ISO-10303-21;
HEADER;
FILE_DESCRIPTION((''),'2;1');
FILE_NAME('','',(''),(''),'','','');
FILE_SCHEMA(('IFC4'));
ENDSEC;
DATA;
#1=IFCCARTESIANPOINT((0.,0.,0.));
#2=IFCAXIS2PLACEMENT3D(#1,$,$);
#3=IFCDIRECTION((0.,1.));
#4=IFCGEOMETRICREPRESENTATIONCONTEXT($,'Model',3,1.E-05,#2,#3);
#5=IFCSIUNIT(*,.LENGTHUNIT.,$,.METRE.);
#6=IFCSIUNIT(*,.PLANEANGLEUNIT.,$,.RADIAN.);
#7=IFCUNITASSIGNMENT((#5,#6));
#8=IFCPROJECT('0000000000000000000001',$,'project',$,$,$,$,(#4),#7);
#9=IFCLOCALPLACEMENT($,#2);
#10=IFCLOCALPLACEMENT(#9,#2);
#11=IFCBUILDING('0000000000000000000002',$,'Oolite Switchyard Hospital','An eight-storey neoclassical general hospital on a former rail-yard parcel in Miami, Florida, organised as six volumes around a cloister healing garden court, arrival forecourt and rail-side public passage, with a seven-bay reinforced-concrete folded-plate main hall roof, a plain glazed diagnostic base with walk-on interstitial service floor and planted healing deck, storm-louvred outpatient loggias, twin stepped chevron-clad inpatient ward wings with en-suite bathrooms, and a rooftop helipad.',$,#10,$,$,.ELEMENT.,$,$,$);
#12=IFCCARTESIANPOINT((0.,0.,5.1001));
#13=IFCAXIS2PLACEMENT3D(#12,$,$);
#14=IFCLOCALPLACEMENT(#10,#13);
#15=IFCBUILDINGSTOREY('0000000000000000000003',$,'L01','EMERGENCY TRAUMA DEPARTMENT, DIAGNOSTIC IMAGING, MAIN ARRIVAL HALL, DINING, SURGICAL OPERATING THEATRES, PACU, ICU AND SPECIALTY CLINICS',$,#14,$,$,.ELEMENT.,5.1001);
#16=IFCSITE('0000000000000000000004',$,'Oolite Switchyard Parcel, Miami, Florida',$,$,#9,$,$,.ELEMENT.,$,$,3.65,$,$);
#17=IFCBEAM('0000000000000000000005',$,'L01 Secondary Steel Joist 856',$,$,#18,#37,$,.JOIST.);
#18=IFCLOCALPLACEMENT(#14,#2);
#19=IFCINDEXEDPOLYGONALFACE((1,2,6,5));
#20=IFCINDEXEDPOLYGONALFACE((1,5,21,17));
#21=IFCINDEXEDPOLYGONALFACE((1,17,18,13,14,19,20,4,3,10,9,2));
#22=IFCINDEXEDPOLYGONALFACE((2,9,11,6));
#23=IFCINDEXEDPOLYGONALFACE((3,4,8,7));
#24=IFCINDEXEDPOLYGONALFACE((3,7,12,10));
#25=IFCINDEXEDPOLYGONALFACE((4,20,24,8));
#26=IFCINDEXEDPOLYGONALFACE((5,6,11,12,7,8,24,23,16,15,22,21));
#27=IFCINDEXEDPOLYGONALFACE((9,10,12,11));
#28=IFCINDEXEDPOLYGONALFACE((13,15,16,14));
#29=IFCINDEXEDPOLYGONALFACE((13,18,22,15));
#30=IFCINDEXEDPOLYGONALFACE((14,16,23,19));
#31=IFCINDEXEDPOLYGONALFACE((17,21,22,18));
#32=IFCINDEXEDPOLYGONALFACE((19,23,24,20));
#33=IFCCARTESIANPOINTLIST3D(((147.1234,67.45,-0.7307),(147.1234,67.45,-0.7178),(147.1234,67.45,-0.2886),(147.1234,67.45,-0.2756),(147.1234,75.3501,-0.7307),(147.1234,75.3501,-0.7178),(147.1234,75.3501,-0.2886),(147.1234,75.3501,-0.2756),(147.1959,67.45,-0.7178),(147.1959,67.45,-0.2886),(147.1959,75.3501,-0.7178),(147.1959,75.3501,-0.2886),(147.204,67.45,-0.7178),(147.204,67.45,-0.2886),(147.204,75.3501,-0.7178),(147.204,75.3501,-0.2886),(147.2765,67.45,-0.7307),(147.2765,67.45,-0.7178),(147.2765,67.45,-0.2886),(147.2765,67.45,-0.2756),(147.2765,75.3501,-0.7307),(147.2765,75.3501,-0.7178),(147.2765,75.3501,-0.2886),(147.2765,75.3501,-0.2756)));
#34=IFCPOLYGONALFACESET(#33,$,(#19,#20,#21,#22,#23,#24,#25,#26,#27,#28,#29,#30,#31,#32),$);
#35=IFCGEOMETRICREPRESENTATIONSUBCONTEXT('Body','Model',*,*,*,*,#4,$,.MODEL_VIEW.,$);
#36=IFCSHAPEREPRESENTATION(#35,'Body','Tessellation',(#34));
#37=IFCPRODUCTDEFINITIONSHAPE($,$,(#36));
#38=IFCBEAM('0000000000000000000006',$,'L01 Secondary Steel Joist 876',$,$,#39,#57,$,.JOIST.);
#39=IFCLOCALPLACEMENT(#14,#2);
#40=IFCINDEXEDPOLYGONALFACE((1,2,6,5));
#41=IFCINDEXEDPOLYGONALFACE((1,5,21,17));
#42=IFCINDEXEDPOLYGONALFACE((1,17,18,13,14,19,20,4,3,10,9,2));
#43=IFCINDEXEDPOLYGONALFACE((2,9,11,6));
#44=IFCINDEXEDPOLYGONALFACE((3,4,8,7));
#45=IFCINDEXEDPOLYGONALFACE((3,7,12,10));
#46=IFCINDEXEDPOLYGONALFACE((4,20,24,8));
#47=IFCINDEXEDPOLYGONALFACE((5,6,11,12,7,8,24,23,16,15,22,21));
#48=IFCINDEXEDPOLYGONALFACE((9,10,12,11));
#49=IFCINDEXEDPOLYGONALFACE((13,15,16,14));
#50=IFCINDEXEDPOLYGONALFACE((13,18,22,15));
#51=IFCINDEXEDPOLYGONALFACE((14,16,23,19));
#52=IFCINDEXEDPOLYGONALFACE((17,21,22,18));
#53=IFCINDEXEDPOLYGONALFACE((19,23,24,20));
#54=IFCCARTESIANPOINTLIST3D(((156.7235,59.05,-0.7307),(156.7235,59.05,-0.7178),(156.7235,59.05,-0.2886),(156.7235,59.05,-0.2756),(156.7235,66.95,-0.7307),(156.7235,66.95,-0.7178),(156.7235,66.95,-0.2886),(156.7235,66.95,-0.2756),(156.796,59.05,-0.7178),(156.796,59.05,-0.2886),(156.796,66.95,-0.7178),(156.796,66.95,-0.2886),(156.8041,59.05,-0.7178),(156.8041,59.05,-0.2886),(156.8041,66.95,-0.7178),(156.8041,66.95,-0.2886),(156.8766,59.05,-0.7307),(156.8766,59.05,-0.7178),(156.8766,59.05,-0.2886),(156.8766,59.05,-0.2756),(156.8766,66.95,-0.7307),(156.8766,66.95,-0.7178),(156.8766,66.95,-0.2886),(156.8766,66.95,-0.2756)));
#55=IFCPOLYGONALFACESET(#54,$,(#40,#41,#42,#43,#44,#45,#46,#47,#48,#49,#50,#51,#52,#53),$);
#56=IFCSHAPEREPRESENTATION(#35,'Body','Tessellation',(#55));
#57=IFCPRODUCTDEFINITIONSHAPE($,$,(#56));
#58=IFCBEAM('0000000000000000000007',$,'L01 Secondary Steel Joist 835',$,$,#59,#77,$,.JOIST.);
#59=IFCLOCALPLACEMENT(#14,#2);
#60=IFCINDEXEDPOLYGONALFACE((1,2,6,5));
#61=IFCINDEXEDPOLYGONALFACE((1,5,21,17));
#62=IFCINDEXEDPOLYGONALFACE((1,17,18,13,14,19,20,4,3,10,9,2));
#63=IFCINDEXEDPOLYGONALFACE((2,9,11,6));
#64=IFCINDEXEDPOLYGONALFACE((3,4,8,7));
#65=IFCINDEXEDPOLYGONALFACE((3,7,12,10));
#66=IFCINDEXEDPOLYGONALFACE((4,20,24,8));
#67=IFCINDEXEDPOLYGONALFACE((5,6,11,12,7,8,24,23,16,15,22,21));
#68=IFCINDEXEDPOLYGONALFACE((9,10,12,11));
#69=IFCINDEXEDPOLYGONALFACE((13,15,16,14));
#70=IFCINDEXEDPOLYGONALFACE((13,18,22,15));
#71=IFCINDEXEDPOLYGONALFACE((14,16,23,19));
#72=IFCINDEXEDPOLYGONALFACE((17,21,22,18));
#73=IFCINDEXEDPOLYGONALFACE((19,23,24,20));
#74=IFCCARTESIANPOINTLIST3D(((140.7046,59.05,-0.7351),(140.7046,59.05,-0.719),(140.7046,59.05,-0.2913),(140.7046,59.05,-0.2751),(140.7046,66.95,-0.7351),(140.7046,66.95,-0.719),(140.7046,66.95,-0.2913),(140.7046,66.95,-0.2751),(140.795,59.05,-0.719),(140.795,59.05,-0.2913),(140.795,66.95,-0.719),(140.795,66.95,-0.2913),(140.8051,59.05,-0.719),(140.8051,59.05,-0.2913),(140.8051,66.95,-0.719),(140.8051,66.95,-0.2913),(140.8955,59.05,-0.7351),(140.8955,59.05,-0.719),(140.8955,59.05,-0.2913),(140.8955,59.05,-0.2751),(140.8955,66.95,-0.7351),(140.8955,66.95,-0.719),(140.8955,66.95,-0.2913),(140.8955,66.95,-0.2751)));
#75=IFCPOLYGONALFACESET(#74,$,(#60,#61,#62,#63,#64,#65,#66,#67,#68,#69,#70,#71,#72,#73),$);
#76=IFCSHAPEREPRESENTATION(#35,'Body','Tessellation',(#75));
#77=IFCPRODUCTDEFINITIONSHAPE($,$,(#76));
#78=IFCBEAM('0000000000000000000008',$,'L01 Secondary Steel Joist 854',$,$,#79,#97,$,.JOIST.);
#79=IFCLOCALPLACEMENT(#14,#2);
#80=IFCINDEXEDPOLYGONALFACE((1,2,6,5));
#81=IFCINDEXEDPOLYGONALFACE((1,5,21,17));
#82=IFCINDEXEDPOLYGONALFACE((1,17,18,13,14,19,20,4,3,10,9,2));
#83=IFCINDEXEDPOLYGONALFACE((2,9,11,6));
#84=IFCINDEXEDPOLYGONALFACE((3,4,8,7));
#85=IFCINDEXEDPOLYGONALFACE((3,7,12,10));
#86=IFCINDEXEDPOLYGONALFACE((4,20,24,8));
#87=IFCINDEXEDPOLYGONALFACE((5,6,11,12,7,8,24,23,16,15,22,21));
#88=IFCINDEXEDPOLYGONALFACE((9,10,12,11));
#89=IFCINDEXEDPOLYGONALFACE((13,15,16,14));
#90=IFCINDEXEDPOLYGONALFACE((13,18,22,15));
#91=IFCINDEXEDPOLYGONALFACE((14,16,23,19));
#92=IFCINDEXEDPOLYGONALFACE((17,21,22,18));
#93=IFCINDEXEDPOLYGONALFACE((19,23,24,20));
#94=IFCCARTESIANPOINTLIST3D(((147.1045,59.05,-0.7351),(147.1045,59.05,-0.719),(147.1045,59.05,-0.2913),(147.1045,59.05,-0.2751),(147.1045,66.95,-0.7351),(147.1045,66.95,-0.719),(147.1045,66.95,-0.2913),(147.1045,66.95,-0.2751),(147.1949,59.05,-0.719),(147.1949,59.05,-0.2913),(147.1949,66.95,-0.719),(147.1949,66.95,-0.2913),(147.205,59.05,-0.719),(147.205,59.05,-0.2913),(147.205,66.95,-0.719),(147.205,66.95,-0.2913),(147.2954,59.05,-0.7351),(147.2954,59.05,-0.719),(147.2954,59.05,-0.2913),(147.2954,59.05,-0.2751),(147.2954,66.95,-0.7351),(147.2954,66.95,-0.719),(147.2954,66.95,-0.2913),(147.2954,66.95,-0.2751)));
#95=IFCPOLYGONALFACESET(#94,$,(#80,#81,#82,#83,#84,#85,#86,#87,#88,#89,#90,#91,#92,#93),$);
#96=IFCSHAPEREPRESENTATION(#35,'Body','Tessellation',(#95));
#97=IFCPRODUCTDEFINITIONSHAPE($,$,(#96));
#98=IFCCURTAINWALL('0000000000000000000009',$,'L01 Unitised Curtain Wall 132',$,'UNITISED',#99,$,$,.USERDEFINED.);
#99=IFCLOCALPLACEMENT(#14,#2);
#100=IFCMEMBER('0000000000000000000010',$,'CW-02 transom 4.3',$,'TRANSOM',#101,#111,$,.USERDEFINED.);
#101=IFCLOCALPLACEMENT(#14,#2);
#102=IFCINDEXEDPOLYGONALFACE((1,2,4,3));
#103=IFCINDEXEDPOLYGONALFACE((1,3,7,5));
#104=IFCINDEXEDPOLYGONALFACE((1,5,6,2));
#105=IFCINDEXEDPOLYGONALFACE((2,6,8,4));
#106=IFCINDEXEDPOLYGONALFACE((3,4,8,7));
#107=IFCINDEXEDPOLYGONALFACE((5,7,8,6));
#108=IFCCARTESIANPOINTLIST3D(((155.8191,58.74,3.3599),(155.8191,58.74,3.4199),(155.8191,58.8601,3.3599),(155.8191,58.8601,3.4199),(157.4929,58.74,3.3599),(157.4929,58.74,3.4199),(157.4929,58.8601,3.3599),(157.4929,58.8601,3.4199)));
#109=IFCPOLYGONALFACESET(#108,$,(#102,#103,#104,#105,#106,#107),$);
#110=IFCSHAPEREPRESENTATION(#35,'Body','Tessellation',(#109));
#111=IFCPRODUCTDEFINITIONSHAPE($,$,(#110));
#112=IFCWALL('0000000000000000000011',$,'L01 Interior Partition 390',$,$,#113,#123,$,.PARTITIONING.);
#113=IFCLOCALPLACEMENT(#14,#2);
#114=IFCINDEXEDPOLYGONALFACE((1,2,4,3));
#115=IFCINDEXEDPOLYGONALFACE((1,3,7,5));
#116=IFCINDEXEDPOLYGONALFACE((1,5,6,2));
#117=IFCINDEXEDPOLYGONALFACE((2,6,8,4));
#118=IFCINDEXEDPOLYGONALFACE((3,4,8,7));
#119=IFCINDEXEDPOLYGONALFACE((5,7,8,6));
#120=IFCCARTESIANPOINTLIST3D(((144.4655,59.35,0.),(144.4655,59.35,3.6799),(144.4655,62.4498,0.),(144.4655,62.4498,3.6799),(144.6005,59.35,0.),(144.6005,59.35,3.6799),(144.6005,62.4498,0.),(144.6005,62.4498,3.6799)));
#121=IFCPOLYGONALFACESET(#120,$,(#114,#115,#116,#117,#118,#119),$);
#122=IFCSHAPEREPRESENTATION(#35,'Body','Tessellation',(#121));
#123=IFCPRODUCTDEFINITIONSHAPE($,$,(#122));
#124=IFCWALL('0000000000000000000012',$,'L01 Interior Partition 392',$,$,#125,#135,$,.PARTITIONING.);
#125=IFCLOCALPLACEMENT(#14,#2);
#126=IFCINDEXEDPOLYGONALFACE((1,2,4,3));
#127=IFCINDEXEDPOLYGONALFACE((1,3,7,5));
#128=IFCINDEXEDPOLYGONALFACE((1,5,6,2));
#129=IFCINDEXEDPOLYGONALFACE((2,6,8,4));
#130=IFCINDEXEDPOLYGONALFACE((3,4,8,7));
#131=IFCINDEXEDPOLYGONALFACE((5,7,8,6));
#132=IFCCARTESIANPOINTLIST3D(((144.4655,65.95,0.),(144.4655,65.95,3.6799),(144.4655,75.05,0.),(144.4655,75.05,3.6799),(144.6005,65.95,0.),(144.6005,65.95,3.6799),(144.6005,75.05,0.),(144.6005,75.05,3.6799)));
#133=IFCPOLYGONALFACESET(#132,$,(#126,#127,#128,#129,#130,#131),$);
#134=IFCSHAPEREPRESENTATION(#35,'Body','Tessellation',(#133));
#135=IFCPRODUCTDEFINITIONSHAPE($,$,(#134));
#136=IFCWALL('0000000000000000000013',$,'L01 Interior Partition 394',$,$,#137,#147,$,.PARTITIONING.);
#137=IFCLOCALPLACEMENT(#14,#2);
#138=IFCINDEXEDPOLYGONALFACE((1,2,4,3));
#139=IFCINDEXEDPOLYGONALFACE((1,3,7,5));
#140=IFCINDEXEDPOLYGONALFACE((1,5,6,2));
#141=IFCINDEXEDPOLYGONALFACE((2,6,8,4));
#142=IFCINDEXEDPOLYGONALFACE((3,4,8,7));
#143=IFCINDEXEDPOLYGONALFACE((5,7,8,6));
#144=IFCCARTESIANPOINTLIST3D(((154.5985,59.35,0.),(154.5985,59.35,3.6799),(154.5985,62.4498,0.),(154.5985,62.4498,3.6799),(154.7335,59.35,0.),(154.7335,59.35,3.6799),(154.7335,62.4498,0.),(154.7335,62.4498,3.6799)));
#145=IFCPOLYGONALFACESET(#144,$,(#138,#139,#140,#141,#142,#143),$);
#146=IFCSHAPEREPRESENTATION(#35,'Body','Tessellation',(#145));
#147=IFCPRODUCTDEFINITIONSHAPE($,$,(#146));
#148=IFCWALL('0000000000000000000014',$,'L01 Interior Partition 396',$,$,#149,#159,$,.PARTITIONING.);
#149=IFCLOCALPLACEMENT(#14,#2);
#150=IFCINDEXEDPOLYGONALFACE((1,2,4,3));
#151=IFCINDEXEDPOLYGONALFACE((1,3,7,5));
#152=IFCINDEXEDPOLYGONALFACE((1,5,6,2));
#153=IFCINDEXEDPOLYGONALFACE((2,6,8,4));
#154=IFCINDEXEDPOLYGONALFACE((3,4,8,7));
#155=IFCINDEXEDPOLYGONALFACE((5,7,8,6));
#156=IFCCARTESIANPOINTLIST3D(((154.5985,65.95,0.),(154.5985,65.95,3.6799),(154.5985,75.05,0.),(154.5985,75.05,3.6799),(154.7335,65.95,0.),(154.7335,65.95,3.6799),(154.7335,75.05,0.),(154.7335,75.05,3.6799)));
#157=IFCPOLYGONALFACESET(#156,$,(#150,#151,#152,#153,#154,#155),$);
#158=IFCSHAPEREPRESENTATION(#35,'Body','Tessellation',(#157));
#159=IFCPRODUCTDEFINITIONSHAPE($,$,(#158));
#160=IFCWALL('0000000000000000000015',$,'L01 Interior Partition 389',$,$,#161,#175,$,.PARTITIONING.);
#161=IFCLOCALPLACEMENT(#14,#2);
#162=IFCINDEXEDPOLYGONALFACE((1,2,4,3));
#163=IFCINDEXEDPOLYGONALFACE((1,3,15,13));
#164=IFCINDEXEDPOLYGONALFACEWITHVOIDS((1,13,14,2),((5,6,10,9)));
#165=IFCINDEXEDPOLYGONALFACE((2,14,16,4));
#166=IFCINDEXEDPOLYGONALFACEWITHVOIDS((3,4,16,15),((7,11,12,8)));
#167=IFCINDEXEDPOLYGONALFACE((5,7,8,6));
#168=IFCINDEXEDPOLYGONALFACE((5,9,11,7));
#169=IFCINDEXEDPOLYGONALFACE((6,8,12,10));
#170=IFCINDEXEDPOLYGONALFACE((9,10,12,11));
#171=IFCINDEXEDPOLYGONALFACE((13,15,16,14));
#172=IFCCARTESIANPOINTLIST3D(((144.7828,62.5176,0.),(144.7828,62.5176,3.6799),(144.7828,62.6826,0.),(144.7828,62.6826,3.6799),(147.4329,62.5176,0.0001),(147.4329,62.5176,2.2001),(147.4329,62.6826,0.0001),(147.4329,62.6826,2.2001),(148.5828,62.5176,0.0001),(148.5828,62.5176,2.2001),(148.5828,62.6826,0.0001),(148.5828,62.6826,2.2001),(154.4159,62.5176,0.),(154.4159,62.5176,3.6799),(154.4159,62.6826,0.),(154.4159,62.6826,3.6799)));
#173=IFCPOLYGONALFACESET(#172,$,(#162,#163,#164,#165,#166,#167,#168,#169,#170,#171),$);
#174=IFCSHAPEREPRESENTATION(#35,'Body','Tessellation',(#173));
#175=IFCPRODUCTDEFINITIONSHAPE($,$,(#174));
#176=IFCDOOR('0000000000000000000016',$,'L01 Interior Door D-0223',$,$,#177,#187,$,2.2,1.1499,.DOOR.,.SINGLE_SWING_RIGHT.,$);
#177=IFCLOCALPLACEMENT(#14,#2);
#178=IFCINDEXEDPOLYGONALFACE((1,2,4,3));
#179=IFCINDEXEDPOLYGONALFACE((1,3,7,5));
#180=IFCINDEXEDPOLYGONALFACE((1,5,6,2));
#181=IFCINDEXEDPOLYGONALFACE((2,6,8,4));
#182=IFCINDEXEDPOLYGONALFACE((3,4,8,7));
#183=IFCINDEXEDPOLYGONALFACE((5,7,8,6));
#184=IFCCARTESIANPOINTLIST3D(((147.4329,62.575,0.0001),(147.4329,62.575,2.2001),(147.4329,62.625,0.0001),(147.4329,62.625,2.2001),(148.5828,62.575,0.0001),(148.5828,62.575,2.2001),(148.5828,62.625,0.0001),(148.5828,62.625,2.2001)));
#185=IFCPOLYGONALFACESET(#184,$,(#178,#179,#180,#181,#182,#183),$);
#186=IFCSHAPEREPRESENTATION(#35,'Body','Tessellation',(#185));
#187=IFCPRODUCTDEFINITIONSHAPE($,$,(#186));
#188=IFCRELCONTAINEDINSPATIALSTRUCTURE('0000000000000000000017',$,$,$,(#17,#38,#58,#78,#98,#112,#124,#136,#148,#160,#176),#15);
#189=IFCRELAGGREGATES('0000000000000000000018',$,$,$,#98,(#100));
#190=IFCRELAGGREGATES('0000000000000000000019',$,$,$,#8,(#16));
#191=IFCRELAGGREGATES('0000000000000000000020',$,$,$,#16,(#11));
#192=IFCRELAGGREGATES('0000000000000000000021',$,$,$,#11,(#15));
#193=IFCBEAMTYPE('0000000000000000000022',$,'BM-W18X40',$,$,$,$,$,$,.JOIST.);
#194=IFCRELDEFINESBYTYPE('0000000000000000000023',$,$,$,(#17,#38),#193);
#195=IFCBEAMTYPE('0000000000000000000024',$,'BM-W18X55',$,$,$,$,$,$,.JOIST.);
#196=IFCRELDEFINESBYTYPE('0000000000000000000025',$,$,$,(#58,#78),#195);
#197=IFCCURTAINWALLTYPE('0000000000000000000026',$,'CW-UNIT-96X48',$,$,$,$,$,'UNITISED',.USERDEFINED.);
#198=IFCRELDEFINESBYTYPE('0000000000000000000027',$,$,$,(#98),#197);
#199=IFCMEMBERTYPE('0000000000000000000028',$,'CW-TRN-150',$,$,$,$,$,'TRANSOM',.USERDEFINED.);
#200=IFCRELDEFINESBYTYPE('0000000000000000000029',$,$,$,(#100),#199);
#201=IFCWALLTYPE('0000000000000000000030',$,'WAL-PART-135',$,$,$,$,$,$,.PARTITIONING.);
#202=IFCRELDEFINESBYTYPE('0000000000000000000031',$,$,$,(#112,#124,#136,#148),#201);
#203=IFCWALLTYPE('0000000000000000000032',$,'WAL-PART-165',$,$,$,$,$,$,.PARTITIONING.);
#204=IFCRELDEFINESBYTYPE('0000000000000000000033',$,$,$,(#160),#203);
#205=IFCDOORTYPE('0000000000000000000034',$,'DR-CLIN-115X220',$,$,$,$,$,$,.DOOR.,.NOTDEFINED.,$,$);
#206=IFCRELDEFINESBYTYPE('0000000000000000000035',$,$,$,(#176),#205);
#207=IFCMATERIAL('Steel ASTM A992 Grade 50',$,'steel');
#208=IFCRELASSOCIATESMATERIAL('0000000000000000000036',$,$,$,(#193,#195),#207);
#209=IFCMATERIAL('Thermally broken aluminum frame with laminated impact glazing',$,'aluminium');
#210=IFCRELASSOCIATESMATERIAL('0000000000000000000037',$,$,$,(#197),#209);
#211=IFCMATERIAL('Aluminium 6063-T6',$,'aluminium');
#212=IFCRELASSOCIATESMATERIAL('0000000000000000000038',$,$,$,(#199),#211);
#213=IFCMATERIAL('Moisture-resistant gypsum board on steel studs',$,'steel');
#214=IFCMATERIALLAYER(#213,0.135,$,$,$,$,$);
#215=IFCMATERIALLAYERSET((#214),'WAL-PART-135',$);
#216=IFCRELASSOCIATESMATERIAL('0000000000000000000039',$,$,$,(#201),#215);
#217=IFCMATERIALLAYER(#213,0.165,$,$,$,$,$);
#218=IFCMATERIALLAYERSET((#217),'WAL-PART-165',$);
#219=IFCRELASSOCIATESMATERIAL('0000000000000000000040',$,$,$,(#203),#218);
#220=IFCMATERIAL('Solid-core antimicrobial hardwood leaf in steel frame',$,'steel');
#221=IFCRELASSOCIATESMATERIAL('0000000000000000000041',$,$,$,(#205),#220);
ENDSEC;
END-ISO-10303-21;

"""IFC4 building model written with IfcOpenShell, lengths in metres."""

from ifc_helpers import new_model, si_unit, direction, frame, frame_2d, origin, origin_2d, place, context, subcontext, project, spatial, rectangle, i_section, extrude, material, layer, layer_set, material_profile, profile_set, type_object, element, fill, aggregate, save


model = new_model("IFC4")

# Units and contexts
model_context = context("Model", 3, precision=1e-05, world=origin(), true_north=direction((0.0, 1.0)))
body_context = subcontext(model_context, "Body", "Model", "MODEL_VIEW")
ifc_project = project(units=[si_unit("LENGTHUNIT", "METRE"), si_unit("PLANEANGLEUNIT", "RADIAN")], contexts=[model_context])

# Site, building, storey
site_placement = place(None, origin())
site = spatial("IfcSite", under=ifc_project, at=site_placement, Name="Oolite Switchyard Parcel, Miami, Florida", CompositionType="ELEMENT", RefElevation=3.65)
building_placement = place(site_placement, origin())
building = spatial("IfcBuilding", under=site, at=building_placement, Name="Oolite Switchyard Hospital", Description="An eight-storey neoclassical general hospital on a former rail-yard parcel in Miami, Florida, organised as six volumes around a cloister healing garden court, arrival forecourt and rail-side public passage, with a seven-bay reinforced-concrete folded-plate main hall roof, a plain glazed diagnostic base with walk-on interstitial service floor and planted healing deck, storm-louvred outpatient loggias, twin stepped chevron-clad inpatient ward wings with en-suite bathrooms, and a rooftop helipad.", CompositionType="ELEMENT")
storey_placement = place(building_placement, frame((0.0, 0.0, 5.1001)))
storey = spatial("IfcBuildingStorey", under=building, at=storey_placement, Name="L01", Description="EMERGENCY TRAUMA DEPARTMENT, DIAGNOSTIC IMAGING, MAIN ARRIVAL HALL, DINING, SURGICAL OPERATING THEATRES, PACU, ICU AND SPECIALTY CLINICS", CompositionType="ELEMENT", Elevation=5.1001)

# Beams
ifc_material_1 = material(Name="Steel ASTM A992 Grade 50", Category="steel")
ifc_material_profile_1 = material_profile(ifc_material_1, i_section(OverallWidth=0.1531, OverallDepth=0.4551, WebThickness=0.0081, FlangeThickness=0.0129, at=origin_2d()), Name="W18X40")
ifc_profile_set_1 = profile_set([ifc_material_profile_1], Name="Steel ASTM A992 Grade 50")
beam_type_1 = type_object("IfcBeamType", Name="BM-W18X40", PredefinedType="JOIST", material=ifc_profile_set_1)
beam_1_placement = place(storey_placement, frame((147.2, 67.45, -0.5032), z_axis=(0.0, 1.0, 0.0), x_axis=(-1.0, 0.0, 0.0)))
element("IfcBeam", 1, at=beam_1_placement, inside=storey, type_object=beam_type_1, Name="L01 Secondary Steel Joist 856", PredefinedType="JOIST", context=body_context, shape_type="SweptSolid", body=[
    extrude(i_section(OverallWidth=0.1531, OverallDepth=0.4551, WebThickness=0.0081, FlangeThickness=0.0129, at=origin_2d()), origin(), (0.0, 0.0, 1.0), 7.9001),
])
beam_2_placement = place(storey_placement, frame((156.8, 59.05, -0.5032), z_axis=(0.0, 1.0, 0.0), x_axis=(-1.0, 0.0, 0.0)))
element("IfcBeam", 2, at=beam_2_placement, inside=storey, type_object=beam_type_1, Name="L01 Secondary Steel Joist 876", PredefinedType="JOIST", context=body_context, shape_type="SweptSolid", body=[
    extrude(i_section(OverallWidth=0.1531, OverallDepth=0.4551, WebThickness=0.0081, FlangeThickness=0.0129, at=origin_2d()), origin(), (0.0, 0.0, 1.0), 7.8999),
])
ifc_material_profile_2 = material_profile(ifc_material_1, i_section(OverallWidth=0.1909, OverallDepth=0.46, WebThickness=0.01, FlangeThickness=0.0161, at=origin_2d()), Name="W18X55")
ifc_profile_set_2 = profile_set([ifc_material_profile_2], Name="Steel ASTM A992 Grade 50")
beam_type_2 = type_object("IfcBeamType", Name="BM-W18X55", PredefinedType="JOIST", material=ifc_profile_set_2)
for number, where, z_axis, x_axis, name in (
    (3, (140.8, 59.05, -0.5051), (0.0, 1.0, 0.0), (-1.0, 0.0, 0.0), "L01 Secondary Steel Joist 835"),
    (4, (147.2, 59.05, -0.5051), (0.0, 1.0, 0.0), (-1.0, 0.0, 0.0), "L01 Secondary Steel Joist 854"),
):
    element("IfcBeam", number, at=place(storey_placement, frame(where, z_axis=z_axis, x_axis=x_axis)), inside=storey, type_object=beam_type_2, Name=name, PredefinedType="JOIST", context=body_context, shape_type="SweptSolid", body=[
        extrude(i_section(OverallWidth=0.1909, OverallDepth=0.46, WebThickness=0.01, FlangeThickness=0.0161, at=origin_2d()), origin(), (0.0, 0.0, 1.0), 7.8999),
    ])

# Curtain wall, member
ifc_material_2 = material(Name="Thermally broken aluminum frame with laminated impact glazing", Category="aluminium")
curtain_wall_type = type_object("IfcCurtainWallType", Name="CW-UNIT-96X48", ElementType="UNITISED", PredefinedType="USERDEFINED", material=ifc_material_2)
curtain_wall_placement = place(storey_placement, origin())
curtain_wall = element("IfcCurtainWall", 5, at=curtain_wall_placement, inside=storey, type_object=curtain_wall_type, Name="L01 Unitised Curtain Wall 132", ObjectType="UNITISED", PredefinedType="USERDEFINED")
ifc_material_3 = material(Name="Aluminium 6063-T6", Category="aluminium")
ifc_material_profile_3 = material_profile(ifc_material_3, rectangle(XDim=0.1201, YDim=0.0601, at=origin_2d()), Name="CWT60X120")
ifc_profile_set_3 = profile_set([ifc_material_profile_3], Name="Aluminium 6063-T6")
member_type = type_object("IfcMemberType", Name="CW-TRN-150", ElementType="TRANSOM", PredefinedType="USERDEFINED", material=ifc_profile_set_3)
member_placement = place(storey_placement, frame((157.4929, 58.8, 3.3899), z_axis=(-1.0, 0.0, 0.0), x_axis=(0.0, -1.0, 0.0)))
member = element("IfcMember", 6, at=member_placement, type_object=member_type, Name="CW-02 transom 4.3", ObjectType="TRANSOM", PredefinedType="USERDEFINED", context=body_context, shape_type="SweptSolid", body=[
    extrude(rectangle(XDim=0.1201, YDim=0.0601, at=origin_2d()), origin(), (0.0, 0.0, 1.0), 1.6738),
])
aggregate(curtain_wall, [member])

# Walls
ifc_material_4 = material(Name="Moisture-resistant gypsum board on steel studs", Category="steel")
ifc_layer_1 = layer(ifc_material_4, 0.135)
ifc_layer_set_1 = layer_set([ifc_layer_1], Name="WAL-PART-135")
wall_type_1 = type_object("IfcWallType", Name="WAL-PART-135", PredefinedType="PARTITIONING", material=ifc_layer_set_1)
wall_1_placement = place(storey_placement, frame((144.533, 59.3501, 0.0), z_axis=(0.0, 0.0, 1.0), x_axis=(0.0, 1.0, 0.0)))
element("IfcWall", 7, at=wall_1_placement, inside=storey, type_object=wall_type_1, Name="L01 Interior Partition 390", PredefinedType="PARTITIONING", context=body_context, shape_type="SweptSolid", body=[
    extrude(rectangle(XDim=3.0999, YDim=0.135, at=frame_2d((1.5498, 0.0))), origin(), (0.0, 0.0, 1.0), 3.6799),
])
wall_2_placement = place(storey_placement, frame((144.533, 65.95, 0.0), z_axis=(0.0, 0.0, 1.0), x_axis=(0.0, 1.0, 0.0)))
element("IfcWall", 8, at=wall_2_placement, inside=storey, type_object=wall_type_1, Name="L01 Interior Partition 392", PredefinedType="PARTITIONING", context=body_context, shape_type="SweptSolid", body=[
    extrude(rectangle(XDim=9.1001, YDim=0.135, at=frame_2d((4.55, 0.0))), origin(), (0.0, 0.0, 1.0), 3.6799),
])
wall_3_placement = place(storey_placement, frame((154.666, 59.3501, 0.0), z_axis=(0.0, 0.0, 1.0), x_axis=(0.0, 1.0, 0.0)))
element("IfcWall", 9, at=wall_3_placement, inside=storey, type_object=wall_type_1, Name="L01 Interior Partition 394", PredefinedType="PARTITIONING", context=body_context, shape_type="SweptSolid", body=[
    extrude(rectangle(XDim=3.0999, YDim=0.135, at=frame_2d((1.5498, 0.0))), origin(), (0.0, 0.0, 1.0), 3.6799),
])
wall_4_placement = place(storey_placement, frame((154.666, 65.95, 0.0), z_axis=(0.0, 0.0, 1.0), x_axis=(0.0, 1.0, 0.0)))
element("IfcWall", 10, at=wall_4_placement, inside=storey, type_object=wall_type_1, Name="L01 Interior Partition 396", PredefinedType="PARTITIONING", context=body_context, shape_type="SweptSolid", body=[
    extrude(rectangle(XDim=9.1001, YDim=0.135, at=frame_2d((4.55, 0.0))), origin(), (0.0, 0.0, 1.0), 3.6799),
])

# Wall, opening, door
ifc_layer_2 = layer(ifc_material_4, 0.165)
ifc_layer_set_2 = layer_set([ifc_layer_2], Name="WAL-PART-165")
wall_type_2 = type_object("IfcWallType", Name="WAL-PART-165", PredefinedType="PARTITIONING", material=ifc_layer_set_2)
wall_5_placement = place(storey_placement, frame((144.783, 62.6001, 0.0), z_axis=(0.0, 0.0, 1.0), x_axis=(1.0, 0.0, 0.0)))
wall_5 = element("IfcWall", 11, at=wall_5_placement, inside=storey, type_object=wall_type_2, Name="L01 Interior Partition 389", PredefinedType="PARTITIONING", context=body_context, shape_type="SweptSolid", body=[
    extrude(rectangle(XDim=9.6331, YDim=0.165, at=frame_2d((4.8164, 0.0))), origin(), (0.0, 0.0, 1.0), 3.6799),
])
opening_1_placement = place(wall_5_placement, frame((2.6499, 0.0, 0.0)))
opening_1 = element("IfcOpeningElement", 12, at=opening_1_placement, cuts=wall_5, PredefinedType="OPENING", context=body_context, shape_type="SweptSolid", body=[
    extrude(rectangle(XDim=1.1499, YDim=2.2, at=frame_2d((0.575, 1.1001))), frame((0.0, 0.0925, 0.0), z_axis=(0.0, -1.0, 0.0), x_axis=(1.0, 0.0, 0.0)), (0.0, 0.0, 1.0), 0.1851),
])
ifc_material_5 = material(Name="Solid-core antimicrobial hardwood leaf in steel frame", Category="steel")
door_type_1 = type_object("IfcDoorType", Name="DR-CLIN-115X220", OperationType="NOTDEFINED", PredefinedType="DOOR", material=ifc_material_5)
door_1_placement = place(opening_1_placement, origin())
door_1 = element("IfcDoor", 13, at=door_1_placement, inside=storey, type_object=door_type_1, Name="L01 Interior Door D-0223", OperationType="SINGLE_SWING_RIGHT", OverallHeight=2.2, OverallWidth=1.1499, PredefinedType="DOOR", context=body_context, shape_type="SweptSolid", body=[
    extrude(rectangle(XDim=1.1499, YDim=2.2, at=frame_2d((0.575, 1.1001))), frame((0.0, 0.0249, 0.0), z_axis=(0.0, -1.0, 0.0), x_axis=(1.0, 0.0, 0.0)), (0.0, 0.0, 1.0), 0.05),
])
fill(opening_1, door_1)

save(model, "model.ifc")
